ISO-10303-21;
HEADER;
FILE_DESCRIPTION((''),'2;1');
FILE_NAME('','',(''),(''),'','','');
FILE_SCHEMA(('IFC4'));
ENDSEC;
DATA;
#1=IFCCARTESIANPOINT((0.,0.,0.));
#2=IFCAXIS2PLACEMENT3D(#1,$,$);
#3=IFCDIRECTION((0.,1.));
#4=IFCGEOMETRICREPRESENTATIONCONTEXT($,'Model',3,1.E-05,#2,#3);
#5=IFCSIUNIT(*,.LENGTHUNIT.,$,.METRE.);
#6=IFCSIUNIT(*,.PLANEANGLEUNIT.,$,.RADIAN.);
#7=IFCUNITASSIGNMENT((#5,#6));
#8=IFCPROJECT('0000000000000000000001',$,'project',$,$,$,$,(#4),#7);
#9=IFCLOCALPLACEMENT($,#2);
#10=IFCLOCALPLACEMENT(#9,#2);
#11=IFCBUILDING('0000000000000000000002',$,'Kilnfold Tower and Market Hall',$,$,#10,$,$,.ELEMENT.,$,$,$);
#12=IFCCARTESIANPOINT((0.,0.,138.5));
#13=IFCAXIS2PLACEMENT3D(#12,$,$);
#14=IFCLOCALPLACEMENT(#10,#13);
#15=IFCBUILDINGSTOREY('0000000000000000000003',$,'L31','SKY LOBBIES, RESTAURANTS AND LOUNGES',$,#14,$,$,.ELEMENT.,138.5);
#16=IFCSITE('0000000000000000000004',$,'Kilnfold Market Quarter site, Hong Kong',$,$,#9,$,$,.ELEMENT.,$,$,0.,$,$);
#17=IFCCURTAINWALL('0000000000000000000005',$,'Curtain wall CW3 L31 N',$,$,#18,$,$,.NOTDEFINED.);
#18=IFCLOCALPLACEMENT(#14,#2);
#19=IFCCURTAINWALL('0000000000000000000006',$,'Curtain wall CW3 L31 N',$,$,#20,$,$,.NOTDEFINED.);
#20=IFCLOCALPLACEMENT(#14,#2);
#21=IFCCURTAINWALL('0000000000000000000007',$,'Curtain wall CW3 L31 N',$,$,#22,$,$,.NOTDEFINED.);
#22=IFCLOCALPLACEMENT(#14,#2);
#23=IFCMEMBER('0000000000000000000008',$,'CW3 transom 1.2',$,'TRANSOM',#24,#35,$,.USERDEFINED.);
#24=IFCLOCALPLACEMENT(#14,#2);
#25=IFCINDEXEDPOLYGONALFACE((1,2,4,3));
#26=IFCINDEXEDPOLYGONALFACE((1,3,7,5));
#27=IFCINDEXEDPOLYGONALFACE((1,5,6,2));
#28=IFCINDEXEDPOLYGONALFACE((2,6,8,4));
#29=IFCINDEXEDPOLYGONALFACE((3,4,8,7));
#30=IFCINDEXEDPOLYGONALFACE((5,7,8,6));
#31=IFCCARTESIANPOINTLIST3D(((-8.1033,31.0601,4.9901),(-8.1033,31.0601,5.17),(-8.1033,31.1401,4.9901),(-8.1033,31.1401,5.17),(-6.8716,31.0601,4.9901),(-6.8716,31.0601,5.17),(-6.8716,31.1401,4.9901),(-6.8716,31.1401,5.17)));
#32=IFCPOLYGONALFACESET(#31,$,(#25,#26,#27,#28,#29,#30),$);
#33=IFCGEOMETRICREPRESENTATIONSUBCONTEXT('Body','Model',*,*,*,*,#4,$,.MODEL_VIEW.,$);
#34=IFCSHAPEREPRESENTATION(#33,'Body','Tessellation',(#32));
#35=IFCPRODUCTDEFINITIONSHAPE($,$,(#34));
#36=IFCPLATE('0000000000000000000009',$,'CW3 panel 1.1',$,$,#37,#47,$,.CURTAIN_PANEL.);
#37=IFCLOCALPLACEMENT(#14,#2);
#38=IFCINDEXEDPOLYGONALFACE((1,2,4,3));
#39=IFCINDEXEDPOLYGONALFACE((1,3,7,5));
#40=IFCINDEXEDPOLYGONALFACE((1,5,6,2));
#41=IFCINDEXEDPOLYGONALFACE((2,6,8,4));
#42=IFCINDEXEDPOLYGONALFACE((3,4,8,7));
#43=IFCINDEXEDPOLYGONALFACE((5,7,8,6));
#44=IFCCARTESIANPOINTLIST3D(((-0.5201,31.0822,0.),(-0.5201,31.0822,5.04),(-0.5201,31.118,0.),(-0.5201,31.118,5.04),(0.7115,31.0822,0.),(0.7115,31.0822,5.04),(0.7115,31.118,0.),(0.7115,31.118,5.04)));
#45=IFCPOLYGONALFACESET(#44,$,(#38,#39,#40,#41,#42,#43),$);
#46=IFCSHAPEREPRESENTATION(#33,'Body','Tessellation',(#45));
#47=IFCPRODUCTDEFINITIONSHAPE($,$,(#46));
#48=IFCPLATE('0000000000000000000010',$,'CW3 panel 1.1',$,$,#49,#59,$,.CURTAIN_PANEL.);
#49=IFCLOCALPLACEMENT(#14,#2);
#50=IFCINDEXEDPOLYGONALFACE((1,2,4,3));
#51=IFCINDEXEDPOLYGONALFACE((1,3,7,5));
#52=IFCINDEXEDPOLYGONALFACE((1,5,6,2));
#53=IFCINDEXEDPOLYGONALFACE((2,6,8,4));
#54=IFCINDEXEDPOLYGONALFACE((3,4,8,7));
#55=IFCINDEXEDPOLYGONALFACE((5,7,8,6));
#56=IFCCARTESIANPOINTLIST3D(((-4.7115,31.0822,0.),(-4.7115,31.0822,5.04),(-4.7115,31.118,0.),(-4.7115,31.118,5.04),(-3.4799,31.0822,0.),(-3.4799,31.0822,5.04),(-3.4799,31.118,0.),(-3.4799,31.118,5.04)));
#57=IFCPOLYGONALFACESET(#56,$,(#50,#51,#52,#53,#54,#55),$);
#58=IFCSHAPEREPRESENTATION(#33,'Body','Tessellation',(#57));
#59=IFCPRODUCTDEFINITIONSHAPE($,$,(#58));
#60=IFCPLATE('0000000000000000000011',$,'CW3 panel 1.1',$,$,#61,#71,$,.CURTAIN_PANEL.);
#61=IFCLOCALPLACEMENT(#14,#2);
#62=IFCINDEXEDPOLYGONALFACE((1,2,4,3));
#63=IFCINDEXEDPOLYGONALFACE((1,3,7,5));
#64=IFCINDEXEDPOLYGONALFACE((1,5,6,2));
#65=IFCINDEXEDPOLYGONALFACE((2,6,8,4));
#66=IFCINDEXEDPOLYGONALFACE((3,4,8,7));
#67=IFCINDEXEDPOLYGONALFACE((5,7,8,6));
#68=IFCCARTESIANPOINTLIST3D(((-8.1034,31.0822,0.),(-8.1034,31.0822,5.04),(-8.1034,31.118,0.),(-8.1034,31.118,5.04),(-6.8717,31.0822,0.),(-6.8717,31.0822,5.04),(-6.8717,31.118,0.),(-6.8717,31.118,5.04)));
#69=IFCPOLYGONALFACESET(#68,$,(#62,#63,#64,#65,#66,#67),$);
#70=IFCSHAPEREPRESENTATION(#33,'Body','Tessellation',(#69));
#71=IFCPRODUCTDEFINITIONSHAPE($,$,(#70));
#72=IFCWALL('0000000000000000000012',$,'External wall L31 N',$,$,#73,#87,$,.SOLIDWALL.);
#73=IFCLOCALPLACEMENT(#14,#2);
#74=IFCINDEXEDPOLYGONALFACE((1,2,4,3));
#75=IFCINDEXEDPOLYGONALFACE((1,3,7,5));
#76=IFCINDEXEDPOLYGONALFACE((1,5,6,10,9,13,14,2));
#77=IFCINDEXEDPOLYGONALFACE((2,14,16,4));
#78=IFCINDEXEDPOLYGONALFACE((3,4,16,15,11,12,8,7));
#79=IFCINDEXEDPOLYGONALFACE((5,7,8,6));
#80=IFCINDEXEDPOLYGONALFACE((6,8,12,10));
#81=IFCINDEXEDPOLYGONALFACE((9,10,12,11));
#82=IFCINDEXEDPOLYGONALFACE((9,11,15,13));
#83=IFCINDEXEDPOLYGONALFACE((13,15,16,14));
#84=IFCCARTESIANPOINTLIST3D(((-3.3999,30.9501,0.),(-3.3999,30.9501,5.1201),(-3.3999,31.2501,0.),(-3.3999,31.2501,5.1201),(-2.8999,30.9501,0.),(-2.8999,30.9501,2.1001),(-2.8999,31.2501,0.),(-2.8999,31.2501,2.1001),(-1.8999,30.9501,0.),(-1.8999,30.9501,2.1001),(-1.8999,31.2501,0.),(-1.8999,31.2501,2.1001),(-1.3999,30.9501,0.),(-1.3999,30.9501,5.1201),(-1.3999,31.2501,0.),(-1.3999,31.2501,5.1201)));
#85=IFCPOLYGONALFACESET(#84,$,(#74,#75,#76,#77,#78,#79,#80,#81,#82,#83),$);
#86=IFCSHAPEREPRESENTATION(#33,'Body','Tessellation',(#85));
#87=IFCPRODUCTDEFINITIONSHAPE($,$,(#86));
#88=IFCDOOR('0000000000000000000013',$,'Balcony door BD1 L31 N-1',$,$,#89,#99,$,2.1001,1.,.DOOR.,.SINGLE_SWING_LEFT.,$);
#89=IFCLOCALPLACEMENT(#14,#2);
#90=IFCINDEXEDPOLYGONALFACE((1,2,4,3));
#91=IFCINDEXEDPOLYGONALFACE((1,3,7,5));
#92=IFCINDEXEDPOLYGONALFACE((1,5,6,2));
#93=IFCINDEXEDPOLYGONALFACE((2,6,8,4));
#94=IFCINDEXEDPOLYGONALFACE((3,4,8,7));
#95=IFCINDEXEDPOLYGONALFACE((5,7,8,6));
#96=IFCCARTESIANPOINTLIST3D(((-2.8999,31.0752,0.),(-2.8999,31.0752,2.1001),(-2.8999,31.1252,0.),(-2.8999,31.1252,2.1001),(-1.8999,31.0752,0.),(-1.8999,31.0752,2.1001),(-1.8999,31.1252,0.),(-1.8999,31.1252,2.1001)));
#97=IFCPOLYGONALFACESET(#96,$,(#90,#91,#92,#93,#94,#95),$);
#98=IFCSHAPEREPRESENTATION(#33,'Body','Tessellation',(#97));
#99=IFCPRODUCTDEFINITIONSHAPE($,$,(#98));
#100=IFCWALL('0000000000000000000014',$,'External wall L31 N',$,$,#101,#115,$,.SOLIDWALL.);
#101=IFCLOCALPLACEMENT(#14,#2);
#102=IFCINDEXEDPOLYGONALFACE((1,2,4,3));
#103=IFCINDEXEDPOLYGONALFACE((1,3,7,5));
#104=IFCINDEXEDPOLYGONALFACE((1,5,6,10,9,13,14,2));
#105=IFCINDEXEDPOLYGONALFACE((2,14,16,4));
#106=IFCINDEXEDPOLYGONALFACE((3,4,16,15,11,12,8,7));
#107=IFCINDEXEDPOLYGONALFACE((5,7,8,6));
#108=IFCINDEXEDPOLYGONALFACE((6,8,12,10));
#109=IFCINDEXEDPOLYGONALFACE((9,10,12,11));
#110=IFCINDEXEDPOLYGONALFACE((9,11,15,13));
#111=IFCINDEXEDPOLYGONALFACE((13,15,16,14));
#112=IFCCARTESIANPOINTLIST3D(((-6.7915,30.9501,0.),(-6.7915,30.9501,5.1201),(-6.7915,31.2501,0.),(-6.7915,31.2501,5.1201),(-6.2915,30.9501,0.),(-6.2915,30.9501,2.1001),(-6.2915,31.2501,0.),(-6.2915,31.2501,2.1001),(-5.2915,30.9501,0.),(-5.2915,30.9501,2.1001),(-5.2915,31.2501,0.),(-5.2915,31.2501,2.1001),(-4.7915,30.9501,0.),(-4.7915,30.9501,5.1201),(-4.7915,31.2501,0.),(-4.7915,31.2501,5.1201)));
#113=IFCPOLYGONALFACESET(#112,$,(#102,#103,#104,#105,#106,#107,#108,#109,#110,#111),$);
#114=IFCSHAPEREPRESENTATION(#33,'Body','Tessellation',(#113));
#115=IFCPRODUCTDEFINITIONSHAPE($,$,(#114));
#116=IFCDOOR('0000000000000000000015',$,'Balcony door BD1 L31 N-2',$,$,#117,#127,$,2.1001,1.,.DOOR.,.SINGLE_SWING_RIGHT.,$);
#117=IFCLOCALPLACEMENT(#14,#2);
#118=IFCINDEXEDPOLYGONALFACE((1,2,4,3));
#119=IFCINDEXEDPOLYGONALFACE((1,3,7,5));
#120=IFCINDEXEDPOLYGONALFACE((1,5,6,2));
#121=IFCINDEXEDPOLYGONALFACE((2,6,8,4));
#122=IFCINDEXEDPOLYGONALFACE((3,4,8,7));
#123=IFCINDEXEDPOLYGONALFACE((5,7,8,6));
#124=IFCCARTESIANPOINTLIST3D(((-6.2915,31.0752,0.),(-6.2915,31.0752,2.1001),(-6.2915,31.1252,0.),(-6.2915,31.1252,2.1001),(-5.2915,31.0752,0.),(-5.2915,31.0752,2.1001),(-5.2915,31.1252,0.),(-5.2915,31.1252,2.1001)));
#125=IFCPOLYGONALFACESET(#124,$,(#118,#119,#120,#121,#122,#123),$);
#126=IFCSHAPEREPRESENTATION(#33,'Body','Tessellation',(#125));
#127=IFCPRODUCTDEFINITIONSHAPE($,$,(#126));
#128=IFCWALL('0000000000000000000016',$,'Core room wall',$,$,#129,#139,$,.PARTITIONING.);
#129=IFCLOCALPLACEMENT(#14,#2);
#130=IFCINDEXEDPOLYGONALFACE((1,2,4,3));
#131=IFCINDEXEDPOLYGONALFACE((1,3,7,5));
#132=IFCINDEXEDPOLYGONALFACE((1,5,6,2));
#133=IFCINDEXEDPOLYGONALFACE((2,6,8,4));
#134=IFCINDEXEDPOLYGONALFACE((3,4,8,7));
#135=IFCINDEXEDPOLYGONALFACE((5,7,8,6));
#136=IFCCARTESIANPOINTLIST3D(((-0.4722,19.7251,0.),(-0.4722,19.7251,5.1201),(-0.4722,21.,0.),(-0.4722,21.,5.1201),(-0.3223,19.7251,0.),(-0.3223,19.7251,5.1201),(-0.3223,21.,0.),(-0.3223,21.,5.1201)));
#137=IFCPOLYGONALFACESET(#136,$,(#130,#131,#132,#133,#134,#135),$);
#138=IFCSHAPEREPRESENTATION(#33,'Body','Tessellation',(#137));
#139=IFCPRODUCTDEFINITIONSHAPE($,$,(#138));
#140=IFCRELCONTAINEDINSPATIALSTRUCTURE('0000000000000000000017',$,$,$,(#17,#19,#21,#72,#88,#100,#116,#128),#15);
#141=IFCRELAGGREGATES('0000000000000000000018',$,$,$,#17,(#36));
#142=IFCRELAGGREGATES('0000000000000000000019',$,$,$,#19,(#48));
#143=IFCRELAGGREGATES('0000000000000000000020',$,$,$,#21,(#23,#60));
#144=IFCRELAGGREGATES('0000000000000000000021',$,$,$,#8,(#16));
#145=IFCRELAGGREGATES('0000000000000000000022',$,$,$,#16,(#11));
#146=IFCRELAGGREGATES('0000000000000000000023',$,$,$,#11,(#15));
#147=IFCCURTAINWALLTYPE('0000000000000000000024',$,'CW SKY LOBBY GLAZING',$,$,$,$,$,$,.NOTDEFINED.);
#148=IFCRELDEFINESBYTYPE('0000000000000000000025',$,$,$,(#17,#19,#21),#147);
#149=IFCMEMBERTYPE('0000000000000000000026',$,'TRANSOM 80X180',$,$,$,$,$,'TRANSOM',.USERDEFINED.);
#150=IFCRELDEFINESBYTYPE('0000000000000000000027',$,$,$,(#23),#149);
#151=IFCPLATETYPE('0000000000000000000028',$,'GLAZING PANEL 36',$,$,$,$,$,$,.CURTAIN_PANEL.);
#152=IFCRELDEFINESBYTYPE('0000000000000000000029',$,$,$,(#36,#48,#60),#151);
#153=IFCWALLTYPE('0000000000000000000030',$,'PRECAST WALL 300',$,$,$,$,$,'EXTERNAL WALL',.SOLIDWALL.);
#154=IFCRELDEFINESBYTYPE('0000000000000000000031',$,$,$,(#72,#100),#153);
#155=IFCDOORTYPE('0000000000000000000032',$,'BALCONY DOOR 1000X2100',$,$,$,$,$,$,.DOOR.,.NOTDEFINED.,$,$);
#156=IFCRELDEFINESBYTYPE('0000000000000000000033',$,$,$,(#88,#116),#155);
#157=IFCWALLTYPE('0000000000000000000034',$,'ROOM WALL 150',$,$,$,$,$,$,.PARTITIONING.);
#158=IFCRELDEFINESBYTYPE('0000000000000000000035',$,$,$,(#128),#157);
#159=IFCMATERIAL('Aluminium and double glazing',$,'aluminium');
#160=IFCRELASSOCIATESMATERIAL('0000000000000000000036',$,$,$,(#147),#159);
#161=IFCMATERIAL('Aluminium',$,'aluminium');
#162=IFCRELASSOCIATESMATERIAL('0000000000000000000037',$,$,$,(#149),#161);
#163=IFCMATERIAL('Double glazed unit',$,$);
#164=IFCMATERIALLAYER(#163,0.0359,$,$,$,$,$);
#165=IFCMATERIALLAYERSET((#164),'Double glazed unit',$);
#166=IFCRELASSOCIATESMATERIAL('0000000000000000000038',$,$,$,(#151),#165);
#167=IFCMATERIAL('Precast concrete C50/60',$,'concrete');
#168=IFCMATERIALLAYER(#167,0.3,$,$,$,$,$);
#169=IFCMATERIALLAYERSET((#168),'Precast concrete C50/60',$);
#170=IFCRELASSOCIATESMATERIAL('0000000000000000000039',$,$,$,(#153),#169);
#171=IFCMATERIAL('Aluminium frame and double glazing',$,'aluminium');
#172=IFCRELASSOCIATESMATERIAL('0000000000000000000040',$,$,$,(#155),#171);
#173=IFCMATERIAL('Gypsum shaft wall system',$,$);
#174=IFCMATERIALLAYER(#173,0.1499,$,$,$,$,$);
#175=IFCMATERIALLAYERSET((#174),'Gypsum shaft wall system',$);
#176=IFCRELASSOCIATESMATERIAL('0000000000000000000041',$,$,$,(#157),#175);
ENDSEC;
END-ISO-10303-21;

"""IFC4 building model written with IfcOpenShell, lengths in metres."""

from ifc_helpers import new_model, si_unit, direction, frame, frame_2d, origin, origin_2d, place, context, subcontext, project, spatial, rectangle, extrude, source, transform, mapped, material, layer, layer_set, material_profile, profile_set, type_object, element, fill, aggregate, save


model = new_model("IFC4")

# Units and contexts
model_context = context("Model", 3, precision=1e-05, world=origin(), true_north=direction((0.0, 1.0)))
body_context = subcontext(model_context, "Body", "Model", "MODEL_VIEW")
ifc_project = project(units=[si_unit("LENGTHUNIT", "METRE"), si_unit("PLANEANGLEUNIT", "RADIAN")], contexts=[model_context])

# Site, building, storey
site_placement = place(None, origin())
site = spatial("IfcSite", under=ifc_project, at=site_placement, Name="Kilnfold Market Quarter site, Hong Kong", CompositionType="ELEMENT", RefElevation=0.0)
building_placement = place(site_placement, origin())
building = spatial("IfcBuilding", under=site, at=building_placement, Name="Kilnfold Tower and Market Hall", CompositionType="ELEMENT")
storey_placement = place(building_placement, frame((0.0, 0.0, 138.5)))
storey = spatial("IfcBuildingStorey", under=building, at=storey_placement, Name="L31", Description="SKY LOBBIES, RESTAURANTS AND LOUNGES", CompositionType="ELEMENT", Elevation=138.5)

# Curtain wall
ifc_material_1 = material(Name="Aluminium and double glazing", Category="aluminium")
curtain_wall_type = type_object("IfcCurtainWallType", Name="CW SKY LOBBY GLAZING", PredefinedType="NOTDEFINED", material=ifc_material_1)
curtain_wall_1_placement = place(storey_placement, origin())
curtain_wall_1 = element("IfcCurtainWall", 1, at=curtain_wall_1_placement, inside=storey, type_object=curtain_wall_type, Name="Curtain wall CW3 L31 N", PredefinedType="NOTDEFINED")

# Curtain wall
curtain_wall_2_placement = place(storey_placement, origin())
curtain_wall_2 = element("IfcCurtainWall", 2, at=curtain_wall_2_placement, inside=storey, type_object=curtain_wall_type, Name="Curtain wall CW3 L31 N", PredefinedType="NOTDEFINED")

# Curtain wall
curtain_wall_3_placement = place(storey_placement, origin())
curtain_wall_3 = element("IfcCurtainWall", 3, at=curtain_wall_3_placement, inside=storey, type_object=curtain_wall_type, Name="Curtain wall CW3 L31 N", PredefinedType="NOTDEFINED")

# Member
ifc_material_2 = material(Name="Aluminium", Category="aluminium")
ifc_material_profile_1 = material_profile(ifc_material_2, rectangle(XDim=0.0801, YDim=0.1799, at=origin_2d()), Name="TRANSOM 80x180")
ifc_profile_set_1 = profile_set([ifc_material_profile_1], Name="Aluminium")
member_type_1 = type_object("IfcMemberType", Name="TRANSOM 80X180", ElementType="TRANSOM", PredefinedType="USERDEFINED", material=ifc_profile_set_1)
shared_shape_1 = source(origin(), body_context, "Body", "SweptSolid", [
    extrude(rectangle(XDim=0.0801, YDim=0.1799, at=origin_2d()), origin(), (0.0, 0.0, 1.0), 1.2317),
])
member_1_placement = place(storey_placement, frame((-6.8716, 31.1001, 5.0801), z_axis=(-1.0, 0.0, 0.0), x_axis=(0.0, -1.0, 0.0)))
member_1 = element("IfcMember", 4, at=member_1_placement, type_object=member_type_1, Name="CW3 transom 1.2", ObjectType="TRANSOM", PredefinedType="USERDEFINED", context=body_context, shape_type="MappedRepresentation", body=[
    mapped(shared_shape_1, transform((0.0, 0.0, 0.0))),
])

# Plates
ifc_material_3 = material(Name="Double glazed unit")
ifc_layer_1 = layer(ifc_material_3, 0.0359)
ifc_layer_set_1 = layer_set([ifc_layer_1], Name="Double glazed unit")
plate_type = type_object("IfcPlateType", Name="GLAZING PANEL 36", PredefinedType="CURTAIN_PANEL", material=ifc_layer_set_1)
shared_shape_2 = source(origin(), body_context, "Body", "SweptSolid", [
    extrude(rectangle(XDim=1.2317, YDim=0.0359, at=origin_2d()), origin(), (0.0, 0.0, 1.0), 5.04),
])
plate_1_placement = place(storey_placement, frame((0.0957, 31.1001, 0.0), z_axis=(0.0, 0.0, 1.0), x_axis=(-1.0, 0.0, 0.0)))
plate_1 = element("IfcPlate", 5, at=plate_1_placement, type_object=plate_type, Name="CW3 panel 1.1", PredefinedType="CURTAIN_PANEL", context=body_context, shape_type="MappedRepresentation", body=[
    mapped(shared_shape_2, transform((0.0, 0.0, 0.0))),
])
aggregate(curtain_wall_1, [plate_1])
plate_2_placement = place(storey_placement, frame((-4.0957, 31.1001, 0.0), z_axis=(0.0, 0.0, 1.0), x_axis=(-1.0, 0.0, 0.0)))
plate_2 = element("IfcPlate", 6, at=plate_2_placement, type_object=plate_type, Name="CW3 panel 1.1", PredefinedType="CURTAIN_PANEL", context=body_context, shape_type="MappedRepresentation", body=[
    mapped(shared_shape_2, transform((0.0, 0.0, 0.0))),
])
aggregate(curtain_wall_2, [plate_2])
plate_3_placement = place(storey_placement, frame((-7.4875, 31.1001, 0.0), z_axis=(0.0, 0.0, 1.0), x_axis=(-1.0, 0.0, 0.0)))
plate_3 = element("IfcPlate", 7, at=plate_3_placement, type_object=plate_type, Name="CW3 panel 1.1", PredefinedType="CURTAIN_PANEL", context=body_context, shape_type="MappedRepresentation", body=[
    mapped(shared_shape_2, transform((0.0, 0.0, 0.0))),
])
aggregate(curtain_wall_3, [member_1, plate_3])

# Walls, openings, doors
ifc_material_4 = material(Name="Precast concrete C50/60", Category="concrete")
ifc_layer_2 = layer(ifc_material_4, 0.3)
ifc_layer_set_2 = layer_set([ifc_layer_2], Name="Precast concrete C50/60")
wall_type_1 = type_object("IfcWallType", Name="PRECAST WALL 300", ElementType="EXTERNAL WALL", PredefinedType="SOLIDWALL", material=ifc_layer_set_2)
shared_shape_3 = source(origin(), body_context, "Body", "SweptSolid", [
    extrude(rectangle(XDim=2.0, YDim=0.3, at=frame_2d((1.0, 0.0))), origin(), (0.0, 0.0, 1.0), 5.1201),
])
wall_1_placement = place(storey_placement, frame((-1.3999, 31.1001, 0.0), z_axis=(0.0, 0.0, 1.0), x_axis=(-1.0, 0.0, 0.0)))
wall_1 = element("IfcWall", 8, at=wall_1_placement, inside=storey, type_object=wall_type_1, Name="External wall L31 N", PredefinedType="SOLIDWALL", context=body_context, shape_type="MappedRepresentation", body=[
    mapped(shared_shape_3, transform((0.0, 0.0, 0.0))),
])
opening_1_placement = place(wall_1_placement, frame((0.5, 0.0, 0.0)))
opening_1 = element("IfcOpeningElement", 9, at=opening_1_placement, cuts=wall_1, PredefinedType="OPENING", context=body_context, shape_type="SweptSolid", body=[
    extrude(rectangle(XDim=1.0, YDim=2.1001, at=frame_2d((0.5, 1.05))), frame((0.0, 0.1602, 0.0), z_axis=(0.0, -1.0, 0.0), x_axis=(1.0, 0.0, 0.0)), (0.0, 0.0, 1.0), 0.3201),
])
ifc_material_5 = material(Name="Aluminium frame and double glazing", Category="aluminium")
door_type = type_object("IfcDoorType", Name="BALCONY DOOR 1000X2100", OperationType="NOTDEFINED", PredefinedType="DOOR", material=ifc_material_5)
door_1_placement = place(opening_1_placement, origin())
door_1 = element("IfcDoor", 10, at=door_1_placement, inside=storey, type_object=door_type, Name="Balcony door BD1 L31 N-1", OperationType="SINGLE_SWING_LEFT", OverallHeight=2.1001, OverallWidth=1.0, PredefinedType="DOOR", context=body_context, shape_type="SweptSolid", body=[
    extrude(rectangle(XDim=1.0, YDim=2.1001, at=frame_2d((0.5, 1.05))), frame((0.0, 0.0249, 0.0), z_axis=(0.0, -1.0, 0.0), x_axis=(1.0, 0.0, 0.0)), (0.0, 0.0, 1.0), 0.05),
])
fill(opening_1, door_1)
wall_2_placement = place(storey_placement, frame((-4.7915, 31.1001, 0.0), z_axis=(0.0, 0.0, 1.0), x_axis=(-1.0, 0.0, 0.0)))
wall_2 = element("IfcWall", 11, at=wall_2_placement, inside=storey, type_object=wall_type_1, Name="External wall L31 N", PredefinedType="SOLIDWALL", context=body_context, shape_type="MappedRepresentation", body=[
    mapped(shared_shape_3, transform((0.0, 0.0, 0.0))),
])
opening_2_placement = place(wall_2_placement, frame((0.5, 0.0, 0.0)))
opening_2 = element("IfcOpeningElement", 12, at=opening_2_placement, cuts=wall_2, PredefinedType="OPENING", context=body_context, shape_type="SweptSolid", body=[
    extrude(rectangle(XDim=1.0, YDim=2.1001, at=frame_2d((0.5, 1.05))), frame((0.0, 0.1602, 0.0), z_axis=(0.0, -1.0, 0.0), x_axis=(1.0, 0.0, 0.0)), (0.0, 0.0, 1.0), 0.3201),
])
door_2_placement = place(opening_2_placement, origin())
door_2 = element("IfcDoor", 13, at=door_2_placement, inside=storey, type_object=door_type, Name="Balcony door BD1 L31 N-2", OperationType="SINGLE_SWING_RIGHT", OverallHeight=2.1001, OverallWidth=1.0, PredefinedType="DOOR", context=body_context, shape_type="SweptSolid", body=[
    extrude(rectangle(XDim=1.0, YDim=2.1001, at=frame_2d((0.5, 1.05))), frame((0.0, 0.0249, 0.0), z_axis=(0.0, -1.0, 0.0), x_axis=(1.0, 0.0, 0.0)), (0.0, 0.0, 1.0), 0.05),
])
fill(opening_2, door_2)

# Wall
ifc_material_6 = material(Name="Gypsum shaft wall system")
ifc_layer_3 = layer(ifc_material_6, 0.1499)
ifc_layer_set_3 = layer_set([ifc_layer_3], Name="Gypsum shaft wall system")
wall_type_2 = type_object("IfcWallType", Name="ROOM WALL 150", PredefinedType="PARTITIONING", material=ifc_layer_set_3)
shared_shape_4 = source(origin(), body_context, "Body", "SweptSolid", [
    extrude(rectangle(XDim=1.2749, YDim=0.1499, at=frame_2d((0.6375, 0.0))), origin(), (0.0, 0.0, 1.0), 5.1201),
])
wall_3_placement = place(storey_placement, frame((-0.3972, 19.7251, 0.0), z_axis=(0.0, 0.0, 1.0), x_axis=(0.0, 1.0, 0.0)))
element("IfcWall", 14, at=wall_3_placement, inside=storey, type_object=wall_type_2, Name="Core room wall", PredefinedType="PARTITIONING", context=body_context, shape_type="MappedRepresentation", body=[
    mapped(shared_shape_4, transform((0.0, 0.0, 0.0))),
])

save(model, "model.ifc")
